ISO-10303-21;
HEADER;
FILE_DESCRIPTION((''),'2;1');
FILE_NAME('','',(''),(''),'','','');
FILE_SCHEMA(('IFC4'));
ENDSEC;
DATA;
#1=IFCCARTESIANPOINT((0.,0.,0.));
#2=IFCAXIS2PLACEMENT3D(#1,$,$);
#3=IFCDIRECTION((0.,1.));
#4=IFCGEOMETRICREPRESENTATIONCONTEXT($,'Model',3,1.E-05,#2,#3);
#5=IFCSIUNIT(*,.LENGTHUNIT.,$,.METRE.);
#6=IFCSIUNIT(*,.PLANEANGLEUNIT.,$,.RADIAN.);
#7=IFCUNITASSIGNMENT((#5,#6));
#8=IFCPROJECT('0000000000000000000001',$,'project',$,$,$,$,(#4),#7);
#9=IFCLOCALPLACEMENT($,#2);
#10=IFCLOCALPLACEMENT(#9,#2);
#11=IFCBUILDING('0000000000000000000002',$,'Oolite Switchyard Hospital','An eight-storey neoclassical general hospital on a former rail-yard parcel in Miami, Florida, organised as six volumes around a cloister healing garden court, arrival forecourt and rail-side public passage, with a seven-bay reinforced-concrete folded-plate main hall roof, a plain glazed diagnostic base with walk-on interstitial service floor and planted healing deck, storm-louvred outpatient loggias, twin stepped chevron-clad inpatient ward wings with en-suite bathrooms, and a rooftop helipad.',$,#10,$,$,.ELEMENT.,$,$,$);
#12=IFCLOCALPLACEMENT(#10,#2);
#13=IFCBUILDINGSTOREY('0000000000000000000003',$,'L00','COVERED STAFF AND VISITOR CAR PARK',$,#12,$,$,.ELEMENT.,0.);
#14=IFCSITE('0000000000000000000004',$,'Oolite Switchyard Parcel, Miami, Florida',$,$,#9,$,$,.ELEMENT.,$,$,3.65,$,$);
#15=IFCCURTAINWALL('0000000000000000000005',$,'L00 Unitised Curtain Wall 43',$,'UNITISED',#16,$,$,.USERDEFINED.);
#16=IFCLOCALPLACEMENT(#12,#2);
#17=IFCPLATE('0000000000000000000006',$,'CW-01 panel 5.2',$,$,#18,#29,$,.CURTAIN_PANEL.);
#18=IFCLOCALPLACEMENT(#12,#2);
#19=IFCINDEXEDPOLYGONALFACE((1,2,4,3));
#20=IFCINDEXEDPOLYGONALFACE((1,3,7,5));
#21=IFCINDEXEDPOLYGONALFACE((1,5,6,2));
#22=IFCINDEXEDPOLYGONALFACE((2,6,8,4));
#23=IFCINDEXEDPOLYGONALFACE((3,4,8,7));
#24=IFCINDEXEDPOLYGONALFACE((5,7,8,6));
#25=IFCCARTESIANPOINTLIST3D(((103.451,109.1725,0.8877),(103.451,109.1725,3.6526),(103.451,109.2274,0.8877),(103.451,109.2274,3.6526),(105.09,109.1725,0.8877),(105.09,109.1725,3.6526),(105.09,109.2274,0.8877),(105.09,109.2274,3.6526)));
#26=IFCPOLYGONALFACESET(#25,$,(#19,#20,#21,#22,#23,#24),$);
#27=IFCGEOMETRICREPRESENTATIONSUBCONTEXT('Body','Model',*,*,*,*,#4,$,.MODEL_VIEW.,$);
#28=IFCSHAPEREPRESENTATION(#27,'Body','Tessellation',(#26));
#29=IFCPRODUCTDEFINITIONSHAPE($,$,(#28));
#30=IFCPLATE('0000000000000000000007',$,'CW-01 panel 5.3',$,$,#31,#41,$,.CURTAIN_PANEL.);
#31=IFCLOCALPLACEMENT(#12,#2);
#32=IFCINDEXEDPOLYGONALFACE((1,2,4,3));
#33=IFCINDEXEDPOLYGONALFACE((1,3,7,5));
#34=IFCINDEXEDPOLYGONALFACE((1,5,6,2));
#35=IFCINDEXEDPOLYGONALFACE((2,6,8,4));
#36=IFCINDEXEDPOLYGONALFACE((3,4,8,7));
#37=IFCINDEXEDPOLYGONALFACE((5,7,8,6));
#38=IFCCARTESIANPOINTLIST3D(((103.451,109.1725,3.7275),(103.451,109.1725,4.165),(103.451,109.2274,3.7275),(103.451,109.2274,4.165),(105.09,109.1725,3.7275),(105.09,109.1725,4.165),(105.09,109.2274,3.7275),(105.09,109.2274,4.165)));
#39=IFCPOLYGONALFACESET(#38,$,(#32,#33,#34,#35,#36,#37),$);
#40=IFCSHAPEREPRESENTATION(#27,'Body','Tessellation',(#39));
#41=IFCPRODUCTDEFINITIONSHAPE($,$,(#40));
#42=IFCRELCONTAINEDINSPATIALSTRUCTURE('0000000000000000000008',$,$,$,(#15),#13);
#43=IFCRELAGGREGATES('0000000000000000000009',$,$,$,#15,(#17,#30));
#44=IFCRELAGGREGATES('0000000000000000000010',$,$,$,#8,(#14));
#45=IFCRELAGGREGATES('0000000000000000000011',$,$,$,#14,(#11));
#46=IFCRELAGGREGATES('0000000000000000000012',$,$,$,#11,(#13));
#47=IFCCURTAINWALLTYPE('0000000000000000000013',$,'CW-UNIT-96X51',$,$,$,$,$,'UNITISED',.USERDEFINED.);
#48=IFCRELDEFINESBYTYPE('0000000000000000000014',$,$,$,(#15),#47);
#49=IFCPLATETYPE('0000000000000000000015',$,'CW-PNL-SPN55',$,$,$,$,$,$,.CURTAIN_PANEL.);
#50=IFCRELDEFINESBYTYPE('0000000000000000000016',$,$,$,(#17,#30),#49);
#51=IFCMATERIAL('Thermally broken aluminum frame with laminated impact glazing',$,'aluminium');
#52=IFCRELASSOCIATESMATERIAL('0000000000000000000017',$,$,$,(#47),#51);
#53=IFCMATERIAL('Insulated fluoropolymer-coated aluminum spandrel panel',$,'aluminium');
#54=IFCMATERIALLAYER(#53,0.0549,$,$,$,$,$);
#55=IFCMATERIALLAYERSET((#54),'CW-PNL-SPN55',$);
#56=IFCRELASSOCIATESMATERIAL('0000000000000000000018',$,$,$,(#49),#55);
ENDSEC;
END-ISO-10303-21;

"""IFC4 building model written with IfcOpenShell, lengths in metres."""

from ifc_helpers import new_model, si_unit, direction, frame, origin, origin_2d, place, context, subcontext, project, spatial, rectangle, extrude, material, layer, layer_set, type_object, element, aggregate, save


model = new_model("IFC4")

# Units and contexts
model_context = context("Model", 3, precision=1e-05, world=origin(), true_north=direction((0.0, 1.0)))
body_context = subcontext(model_context, "Body", "Model", "MODEL_VIEW")
ifc_project = project(units=[si_unit("LENGTHUNIT", "METRE"), si_unit("PLANEANGLEUNIT", "RADIAN")], contexts=[model_context])

# Site, building, storey
site_placement = place(None, origin())
site = spatial("IfcSite", under=ifc_project, at=site_placement, Name="Oolite Switchyard Parcel, Miami, Florida", CompositionType="ELEMENT", RefElevation=3.65)
building_placement = place(site_placement, origin())
building = spatial("IfcBuilding", under=site, at=building_placement, Name="Oolite Switchyard Hospital", Description="An eight-storey neoclassical general hospital on a former rail-yard parcel in Miami, Florida, organised as six volumes around a cloister healing garden court, arrival forecourt and rail-side public passage, with a seven-bay reinforced-concrete folded-plate main hall roof, a plain glazed diagnostic base with walk-on interstitial service floor and planted healing deck, storm-louvred outpatient loggias, twin stepped chevron-clad inpatient ward wings with en-suite bathrooms, and a rooftop helipad.", CompositionType="ELEMENT")
storey_placement = place(building_placement, origin())
storey = spatial("IfcBuildingStorey", under=building, at=storey_placement, Name="L00", Description="COVERED STAFF AND VISITOR CAR PARK", CompositionType="ELEMENT", Elevation=0.0)

# Curtain wall, plates
ifc_material_1 = material(Name="Thermally broken aluminum frame with laminated impact glazing", Category="aluminium")
curtain_wall_type = type_object("IfcCurtainWallType", Name="CW-UNIT-96X51", ElementType="UNITISED", PredefinedType="USERDEFINED", material=ifc_material_1)
curtain_wall_placement = place(storey_placement, origin())
curtain_wall = element("IfcCurtainWall", 1, at=curtain_wall_placement, inside=storey, type_object=curtain_wall_type, Name="L00 Unitised Curtain Wall 43", ObjectType="UNITISED", PredefinedType="USERDEFINED")
ifc_material_2 = material(Name="Insulated fluoropolymer-coated aluminum spandrel panel", Category="aluminium")
ifc_layer = layer(ifc_material_2, 0.0549)
ifc_layer_set = layer_set([ifc_layer], Name="CW-PNL-SPN55")
plate_type = type_object("IfcPlateType", Name="CW-PNL-SPN55", PredefinedType="CURTAIN_PANEL", material=ifc_layer_set)
plate_1_placement = place(storey_placement, frame((104.2705, 109.2, 0.8877), z_axis=(0.0, 0.0, 1.0), x_axis=(1.0, 0.0, 0.0)))
plate_1 = element("IfcPlate", 2, at=plate_1_placement, type_object=plate_type, Name="CW-01 panel 5.2", PredefinedType="CURTAIN_PANEL", context=body_context, shape_type="SweptSolid", body=[
    extrude(rectangle(XDim=1.6389, YDim=0.0549, at=origin_2d()), origin(), (0.0, 0.0, 1.0), 2.7649),
])
plate_2_placement = place(storey_placement, frame((104.2705, 109.2, 3.7275), z_axis=(0.0, 0.0, 1.0), x_axis=(1.0, 0.0, 0.0)))
plate_2 = element("IfcPlate", 3, at=plate_2_placement, type_object=plate_type, Name="CW-01 panel 5.3", PredefinedType="CURTAIN_PANEL", context=body_context, shape_type="SweptSolid", body=[
    extrude(rectangle(XDim=1.6389, YDim=0.0549, at=origin_2d()), origin(), (0.0, 0.0, 1.0), 0.4375),
])
aggregate(curtain_wall, [plate_1, plate_2])

save(model, "model.ifc")
